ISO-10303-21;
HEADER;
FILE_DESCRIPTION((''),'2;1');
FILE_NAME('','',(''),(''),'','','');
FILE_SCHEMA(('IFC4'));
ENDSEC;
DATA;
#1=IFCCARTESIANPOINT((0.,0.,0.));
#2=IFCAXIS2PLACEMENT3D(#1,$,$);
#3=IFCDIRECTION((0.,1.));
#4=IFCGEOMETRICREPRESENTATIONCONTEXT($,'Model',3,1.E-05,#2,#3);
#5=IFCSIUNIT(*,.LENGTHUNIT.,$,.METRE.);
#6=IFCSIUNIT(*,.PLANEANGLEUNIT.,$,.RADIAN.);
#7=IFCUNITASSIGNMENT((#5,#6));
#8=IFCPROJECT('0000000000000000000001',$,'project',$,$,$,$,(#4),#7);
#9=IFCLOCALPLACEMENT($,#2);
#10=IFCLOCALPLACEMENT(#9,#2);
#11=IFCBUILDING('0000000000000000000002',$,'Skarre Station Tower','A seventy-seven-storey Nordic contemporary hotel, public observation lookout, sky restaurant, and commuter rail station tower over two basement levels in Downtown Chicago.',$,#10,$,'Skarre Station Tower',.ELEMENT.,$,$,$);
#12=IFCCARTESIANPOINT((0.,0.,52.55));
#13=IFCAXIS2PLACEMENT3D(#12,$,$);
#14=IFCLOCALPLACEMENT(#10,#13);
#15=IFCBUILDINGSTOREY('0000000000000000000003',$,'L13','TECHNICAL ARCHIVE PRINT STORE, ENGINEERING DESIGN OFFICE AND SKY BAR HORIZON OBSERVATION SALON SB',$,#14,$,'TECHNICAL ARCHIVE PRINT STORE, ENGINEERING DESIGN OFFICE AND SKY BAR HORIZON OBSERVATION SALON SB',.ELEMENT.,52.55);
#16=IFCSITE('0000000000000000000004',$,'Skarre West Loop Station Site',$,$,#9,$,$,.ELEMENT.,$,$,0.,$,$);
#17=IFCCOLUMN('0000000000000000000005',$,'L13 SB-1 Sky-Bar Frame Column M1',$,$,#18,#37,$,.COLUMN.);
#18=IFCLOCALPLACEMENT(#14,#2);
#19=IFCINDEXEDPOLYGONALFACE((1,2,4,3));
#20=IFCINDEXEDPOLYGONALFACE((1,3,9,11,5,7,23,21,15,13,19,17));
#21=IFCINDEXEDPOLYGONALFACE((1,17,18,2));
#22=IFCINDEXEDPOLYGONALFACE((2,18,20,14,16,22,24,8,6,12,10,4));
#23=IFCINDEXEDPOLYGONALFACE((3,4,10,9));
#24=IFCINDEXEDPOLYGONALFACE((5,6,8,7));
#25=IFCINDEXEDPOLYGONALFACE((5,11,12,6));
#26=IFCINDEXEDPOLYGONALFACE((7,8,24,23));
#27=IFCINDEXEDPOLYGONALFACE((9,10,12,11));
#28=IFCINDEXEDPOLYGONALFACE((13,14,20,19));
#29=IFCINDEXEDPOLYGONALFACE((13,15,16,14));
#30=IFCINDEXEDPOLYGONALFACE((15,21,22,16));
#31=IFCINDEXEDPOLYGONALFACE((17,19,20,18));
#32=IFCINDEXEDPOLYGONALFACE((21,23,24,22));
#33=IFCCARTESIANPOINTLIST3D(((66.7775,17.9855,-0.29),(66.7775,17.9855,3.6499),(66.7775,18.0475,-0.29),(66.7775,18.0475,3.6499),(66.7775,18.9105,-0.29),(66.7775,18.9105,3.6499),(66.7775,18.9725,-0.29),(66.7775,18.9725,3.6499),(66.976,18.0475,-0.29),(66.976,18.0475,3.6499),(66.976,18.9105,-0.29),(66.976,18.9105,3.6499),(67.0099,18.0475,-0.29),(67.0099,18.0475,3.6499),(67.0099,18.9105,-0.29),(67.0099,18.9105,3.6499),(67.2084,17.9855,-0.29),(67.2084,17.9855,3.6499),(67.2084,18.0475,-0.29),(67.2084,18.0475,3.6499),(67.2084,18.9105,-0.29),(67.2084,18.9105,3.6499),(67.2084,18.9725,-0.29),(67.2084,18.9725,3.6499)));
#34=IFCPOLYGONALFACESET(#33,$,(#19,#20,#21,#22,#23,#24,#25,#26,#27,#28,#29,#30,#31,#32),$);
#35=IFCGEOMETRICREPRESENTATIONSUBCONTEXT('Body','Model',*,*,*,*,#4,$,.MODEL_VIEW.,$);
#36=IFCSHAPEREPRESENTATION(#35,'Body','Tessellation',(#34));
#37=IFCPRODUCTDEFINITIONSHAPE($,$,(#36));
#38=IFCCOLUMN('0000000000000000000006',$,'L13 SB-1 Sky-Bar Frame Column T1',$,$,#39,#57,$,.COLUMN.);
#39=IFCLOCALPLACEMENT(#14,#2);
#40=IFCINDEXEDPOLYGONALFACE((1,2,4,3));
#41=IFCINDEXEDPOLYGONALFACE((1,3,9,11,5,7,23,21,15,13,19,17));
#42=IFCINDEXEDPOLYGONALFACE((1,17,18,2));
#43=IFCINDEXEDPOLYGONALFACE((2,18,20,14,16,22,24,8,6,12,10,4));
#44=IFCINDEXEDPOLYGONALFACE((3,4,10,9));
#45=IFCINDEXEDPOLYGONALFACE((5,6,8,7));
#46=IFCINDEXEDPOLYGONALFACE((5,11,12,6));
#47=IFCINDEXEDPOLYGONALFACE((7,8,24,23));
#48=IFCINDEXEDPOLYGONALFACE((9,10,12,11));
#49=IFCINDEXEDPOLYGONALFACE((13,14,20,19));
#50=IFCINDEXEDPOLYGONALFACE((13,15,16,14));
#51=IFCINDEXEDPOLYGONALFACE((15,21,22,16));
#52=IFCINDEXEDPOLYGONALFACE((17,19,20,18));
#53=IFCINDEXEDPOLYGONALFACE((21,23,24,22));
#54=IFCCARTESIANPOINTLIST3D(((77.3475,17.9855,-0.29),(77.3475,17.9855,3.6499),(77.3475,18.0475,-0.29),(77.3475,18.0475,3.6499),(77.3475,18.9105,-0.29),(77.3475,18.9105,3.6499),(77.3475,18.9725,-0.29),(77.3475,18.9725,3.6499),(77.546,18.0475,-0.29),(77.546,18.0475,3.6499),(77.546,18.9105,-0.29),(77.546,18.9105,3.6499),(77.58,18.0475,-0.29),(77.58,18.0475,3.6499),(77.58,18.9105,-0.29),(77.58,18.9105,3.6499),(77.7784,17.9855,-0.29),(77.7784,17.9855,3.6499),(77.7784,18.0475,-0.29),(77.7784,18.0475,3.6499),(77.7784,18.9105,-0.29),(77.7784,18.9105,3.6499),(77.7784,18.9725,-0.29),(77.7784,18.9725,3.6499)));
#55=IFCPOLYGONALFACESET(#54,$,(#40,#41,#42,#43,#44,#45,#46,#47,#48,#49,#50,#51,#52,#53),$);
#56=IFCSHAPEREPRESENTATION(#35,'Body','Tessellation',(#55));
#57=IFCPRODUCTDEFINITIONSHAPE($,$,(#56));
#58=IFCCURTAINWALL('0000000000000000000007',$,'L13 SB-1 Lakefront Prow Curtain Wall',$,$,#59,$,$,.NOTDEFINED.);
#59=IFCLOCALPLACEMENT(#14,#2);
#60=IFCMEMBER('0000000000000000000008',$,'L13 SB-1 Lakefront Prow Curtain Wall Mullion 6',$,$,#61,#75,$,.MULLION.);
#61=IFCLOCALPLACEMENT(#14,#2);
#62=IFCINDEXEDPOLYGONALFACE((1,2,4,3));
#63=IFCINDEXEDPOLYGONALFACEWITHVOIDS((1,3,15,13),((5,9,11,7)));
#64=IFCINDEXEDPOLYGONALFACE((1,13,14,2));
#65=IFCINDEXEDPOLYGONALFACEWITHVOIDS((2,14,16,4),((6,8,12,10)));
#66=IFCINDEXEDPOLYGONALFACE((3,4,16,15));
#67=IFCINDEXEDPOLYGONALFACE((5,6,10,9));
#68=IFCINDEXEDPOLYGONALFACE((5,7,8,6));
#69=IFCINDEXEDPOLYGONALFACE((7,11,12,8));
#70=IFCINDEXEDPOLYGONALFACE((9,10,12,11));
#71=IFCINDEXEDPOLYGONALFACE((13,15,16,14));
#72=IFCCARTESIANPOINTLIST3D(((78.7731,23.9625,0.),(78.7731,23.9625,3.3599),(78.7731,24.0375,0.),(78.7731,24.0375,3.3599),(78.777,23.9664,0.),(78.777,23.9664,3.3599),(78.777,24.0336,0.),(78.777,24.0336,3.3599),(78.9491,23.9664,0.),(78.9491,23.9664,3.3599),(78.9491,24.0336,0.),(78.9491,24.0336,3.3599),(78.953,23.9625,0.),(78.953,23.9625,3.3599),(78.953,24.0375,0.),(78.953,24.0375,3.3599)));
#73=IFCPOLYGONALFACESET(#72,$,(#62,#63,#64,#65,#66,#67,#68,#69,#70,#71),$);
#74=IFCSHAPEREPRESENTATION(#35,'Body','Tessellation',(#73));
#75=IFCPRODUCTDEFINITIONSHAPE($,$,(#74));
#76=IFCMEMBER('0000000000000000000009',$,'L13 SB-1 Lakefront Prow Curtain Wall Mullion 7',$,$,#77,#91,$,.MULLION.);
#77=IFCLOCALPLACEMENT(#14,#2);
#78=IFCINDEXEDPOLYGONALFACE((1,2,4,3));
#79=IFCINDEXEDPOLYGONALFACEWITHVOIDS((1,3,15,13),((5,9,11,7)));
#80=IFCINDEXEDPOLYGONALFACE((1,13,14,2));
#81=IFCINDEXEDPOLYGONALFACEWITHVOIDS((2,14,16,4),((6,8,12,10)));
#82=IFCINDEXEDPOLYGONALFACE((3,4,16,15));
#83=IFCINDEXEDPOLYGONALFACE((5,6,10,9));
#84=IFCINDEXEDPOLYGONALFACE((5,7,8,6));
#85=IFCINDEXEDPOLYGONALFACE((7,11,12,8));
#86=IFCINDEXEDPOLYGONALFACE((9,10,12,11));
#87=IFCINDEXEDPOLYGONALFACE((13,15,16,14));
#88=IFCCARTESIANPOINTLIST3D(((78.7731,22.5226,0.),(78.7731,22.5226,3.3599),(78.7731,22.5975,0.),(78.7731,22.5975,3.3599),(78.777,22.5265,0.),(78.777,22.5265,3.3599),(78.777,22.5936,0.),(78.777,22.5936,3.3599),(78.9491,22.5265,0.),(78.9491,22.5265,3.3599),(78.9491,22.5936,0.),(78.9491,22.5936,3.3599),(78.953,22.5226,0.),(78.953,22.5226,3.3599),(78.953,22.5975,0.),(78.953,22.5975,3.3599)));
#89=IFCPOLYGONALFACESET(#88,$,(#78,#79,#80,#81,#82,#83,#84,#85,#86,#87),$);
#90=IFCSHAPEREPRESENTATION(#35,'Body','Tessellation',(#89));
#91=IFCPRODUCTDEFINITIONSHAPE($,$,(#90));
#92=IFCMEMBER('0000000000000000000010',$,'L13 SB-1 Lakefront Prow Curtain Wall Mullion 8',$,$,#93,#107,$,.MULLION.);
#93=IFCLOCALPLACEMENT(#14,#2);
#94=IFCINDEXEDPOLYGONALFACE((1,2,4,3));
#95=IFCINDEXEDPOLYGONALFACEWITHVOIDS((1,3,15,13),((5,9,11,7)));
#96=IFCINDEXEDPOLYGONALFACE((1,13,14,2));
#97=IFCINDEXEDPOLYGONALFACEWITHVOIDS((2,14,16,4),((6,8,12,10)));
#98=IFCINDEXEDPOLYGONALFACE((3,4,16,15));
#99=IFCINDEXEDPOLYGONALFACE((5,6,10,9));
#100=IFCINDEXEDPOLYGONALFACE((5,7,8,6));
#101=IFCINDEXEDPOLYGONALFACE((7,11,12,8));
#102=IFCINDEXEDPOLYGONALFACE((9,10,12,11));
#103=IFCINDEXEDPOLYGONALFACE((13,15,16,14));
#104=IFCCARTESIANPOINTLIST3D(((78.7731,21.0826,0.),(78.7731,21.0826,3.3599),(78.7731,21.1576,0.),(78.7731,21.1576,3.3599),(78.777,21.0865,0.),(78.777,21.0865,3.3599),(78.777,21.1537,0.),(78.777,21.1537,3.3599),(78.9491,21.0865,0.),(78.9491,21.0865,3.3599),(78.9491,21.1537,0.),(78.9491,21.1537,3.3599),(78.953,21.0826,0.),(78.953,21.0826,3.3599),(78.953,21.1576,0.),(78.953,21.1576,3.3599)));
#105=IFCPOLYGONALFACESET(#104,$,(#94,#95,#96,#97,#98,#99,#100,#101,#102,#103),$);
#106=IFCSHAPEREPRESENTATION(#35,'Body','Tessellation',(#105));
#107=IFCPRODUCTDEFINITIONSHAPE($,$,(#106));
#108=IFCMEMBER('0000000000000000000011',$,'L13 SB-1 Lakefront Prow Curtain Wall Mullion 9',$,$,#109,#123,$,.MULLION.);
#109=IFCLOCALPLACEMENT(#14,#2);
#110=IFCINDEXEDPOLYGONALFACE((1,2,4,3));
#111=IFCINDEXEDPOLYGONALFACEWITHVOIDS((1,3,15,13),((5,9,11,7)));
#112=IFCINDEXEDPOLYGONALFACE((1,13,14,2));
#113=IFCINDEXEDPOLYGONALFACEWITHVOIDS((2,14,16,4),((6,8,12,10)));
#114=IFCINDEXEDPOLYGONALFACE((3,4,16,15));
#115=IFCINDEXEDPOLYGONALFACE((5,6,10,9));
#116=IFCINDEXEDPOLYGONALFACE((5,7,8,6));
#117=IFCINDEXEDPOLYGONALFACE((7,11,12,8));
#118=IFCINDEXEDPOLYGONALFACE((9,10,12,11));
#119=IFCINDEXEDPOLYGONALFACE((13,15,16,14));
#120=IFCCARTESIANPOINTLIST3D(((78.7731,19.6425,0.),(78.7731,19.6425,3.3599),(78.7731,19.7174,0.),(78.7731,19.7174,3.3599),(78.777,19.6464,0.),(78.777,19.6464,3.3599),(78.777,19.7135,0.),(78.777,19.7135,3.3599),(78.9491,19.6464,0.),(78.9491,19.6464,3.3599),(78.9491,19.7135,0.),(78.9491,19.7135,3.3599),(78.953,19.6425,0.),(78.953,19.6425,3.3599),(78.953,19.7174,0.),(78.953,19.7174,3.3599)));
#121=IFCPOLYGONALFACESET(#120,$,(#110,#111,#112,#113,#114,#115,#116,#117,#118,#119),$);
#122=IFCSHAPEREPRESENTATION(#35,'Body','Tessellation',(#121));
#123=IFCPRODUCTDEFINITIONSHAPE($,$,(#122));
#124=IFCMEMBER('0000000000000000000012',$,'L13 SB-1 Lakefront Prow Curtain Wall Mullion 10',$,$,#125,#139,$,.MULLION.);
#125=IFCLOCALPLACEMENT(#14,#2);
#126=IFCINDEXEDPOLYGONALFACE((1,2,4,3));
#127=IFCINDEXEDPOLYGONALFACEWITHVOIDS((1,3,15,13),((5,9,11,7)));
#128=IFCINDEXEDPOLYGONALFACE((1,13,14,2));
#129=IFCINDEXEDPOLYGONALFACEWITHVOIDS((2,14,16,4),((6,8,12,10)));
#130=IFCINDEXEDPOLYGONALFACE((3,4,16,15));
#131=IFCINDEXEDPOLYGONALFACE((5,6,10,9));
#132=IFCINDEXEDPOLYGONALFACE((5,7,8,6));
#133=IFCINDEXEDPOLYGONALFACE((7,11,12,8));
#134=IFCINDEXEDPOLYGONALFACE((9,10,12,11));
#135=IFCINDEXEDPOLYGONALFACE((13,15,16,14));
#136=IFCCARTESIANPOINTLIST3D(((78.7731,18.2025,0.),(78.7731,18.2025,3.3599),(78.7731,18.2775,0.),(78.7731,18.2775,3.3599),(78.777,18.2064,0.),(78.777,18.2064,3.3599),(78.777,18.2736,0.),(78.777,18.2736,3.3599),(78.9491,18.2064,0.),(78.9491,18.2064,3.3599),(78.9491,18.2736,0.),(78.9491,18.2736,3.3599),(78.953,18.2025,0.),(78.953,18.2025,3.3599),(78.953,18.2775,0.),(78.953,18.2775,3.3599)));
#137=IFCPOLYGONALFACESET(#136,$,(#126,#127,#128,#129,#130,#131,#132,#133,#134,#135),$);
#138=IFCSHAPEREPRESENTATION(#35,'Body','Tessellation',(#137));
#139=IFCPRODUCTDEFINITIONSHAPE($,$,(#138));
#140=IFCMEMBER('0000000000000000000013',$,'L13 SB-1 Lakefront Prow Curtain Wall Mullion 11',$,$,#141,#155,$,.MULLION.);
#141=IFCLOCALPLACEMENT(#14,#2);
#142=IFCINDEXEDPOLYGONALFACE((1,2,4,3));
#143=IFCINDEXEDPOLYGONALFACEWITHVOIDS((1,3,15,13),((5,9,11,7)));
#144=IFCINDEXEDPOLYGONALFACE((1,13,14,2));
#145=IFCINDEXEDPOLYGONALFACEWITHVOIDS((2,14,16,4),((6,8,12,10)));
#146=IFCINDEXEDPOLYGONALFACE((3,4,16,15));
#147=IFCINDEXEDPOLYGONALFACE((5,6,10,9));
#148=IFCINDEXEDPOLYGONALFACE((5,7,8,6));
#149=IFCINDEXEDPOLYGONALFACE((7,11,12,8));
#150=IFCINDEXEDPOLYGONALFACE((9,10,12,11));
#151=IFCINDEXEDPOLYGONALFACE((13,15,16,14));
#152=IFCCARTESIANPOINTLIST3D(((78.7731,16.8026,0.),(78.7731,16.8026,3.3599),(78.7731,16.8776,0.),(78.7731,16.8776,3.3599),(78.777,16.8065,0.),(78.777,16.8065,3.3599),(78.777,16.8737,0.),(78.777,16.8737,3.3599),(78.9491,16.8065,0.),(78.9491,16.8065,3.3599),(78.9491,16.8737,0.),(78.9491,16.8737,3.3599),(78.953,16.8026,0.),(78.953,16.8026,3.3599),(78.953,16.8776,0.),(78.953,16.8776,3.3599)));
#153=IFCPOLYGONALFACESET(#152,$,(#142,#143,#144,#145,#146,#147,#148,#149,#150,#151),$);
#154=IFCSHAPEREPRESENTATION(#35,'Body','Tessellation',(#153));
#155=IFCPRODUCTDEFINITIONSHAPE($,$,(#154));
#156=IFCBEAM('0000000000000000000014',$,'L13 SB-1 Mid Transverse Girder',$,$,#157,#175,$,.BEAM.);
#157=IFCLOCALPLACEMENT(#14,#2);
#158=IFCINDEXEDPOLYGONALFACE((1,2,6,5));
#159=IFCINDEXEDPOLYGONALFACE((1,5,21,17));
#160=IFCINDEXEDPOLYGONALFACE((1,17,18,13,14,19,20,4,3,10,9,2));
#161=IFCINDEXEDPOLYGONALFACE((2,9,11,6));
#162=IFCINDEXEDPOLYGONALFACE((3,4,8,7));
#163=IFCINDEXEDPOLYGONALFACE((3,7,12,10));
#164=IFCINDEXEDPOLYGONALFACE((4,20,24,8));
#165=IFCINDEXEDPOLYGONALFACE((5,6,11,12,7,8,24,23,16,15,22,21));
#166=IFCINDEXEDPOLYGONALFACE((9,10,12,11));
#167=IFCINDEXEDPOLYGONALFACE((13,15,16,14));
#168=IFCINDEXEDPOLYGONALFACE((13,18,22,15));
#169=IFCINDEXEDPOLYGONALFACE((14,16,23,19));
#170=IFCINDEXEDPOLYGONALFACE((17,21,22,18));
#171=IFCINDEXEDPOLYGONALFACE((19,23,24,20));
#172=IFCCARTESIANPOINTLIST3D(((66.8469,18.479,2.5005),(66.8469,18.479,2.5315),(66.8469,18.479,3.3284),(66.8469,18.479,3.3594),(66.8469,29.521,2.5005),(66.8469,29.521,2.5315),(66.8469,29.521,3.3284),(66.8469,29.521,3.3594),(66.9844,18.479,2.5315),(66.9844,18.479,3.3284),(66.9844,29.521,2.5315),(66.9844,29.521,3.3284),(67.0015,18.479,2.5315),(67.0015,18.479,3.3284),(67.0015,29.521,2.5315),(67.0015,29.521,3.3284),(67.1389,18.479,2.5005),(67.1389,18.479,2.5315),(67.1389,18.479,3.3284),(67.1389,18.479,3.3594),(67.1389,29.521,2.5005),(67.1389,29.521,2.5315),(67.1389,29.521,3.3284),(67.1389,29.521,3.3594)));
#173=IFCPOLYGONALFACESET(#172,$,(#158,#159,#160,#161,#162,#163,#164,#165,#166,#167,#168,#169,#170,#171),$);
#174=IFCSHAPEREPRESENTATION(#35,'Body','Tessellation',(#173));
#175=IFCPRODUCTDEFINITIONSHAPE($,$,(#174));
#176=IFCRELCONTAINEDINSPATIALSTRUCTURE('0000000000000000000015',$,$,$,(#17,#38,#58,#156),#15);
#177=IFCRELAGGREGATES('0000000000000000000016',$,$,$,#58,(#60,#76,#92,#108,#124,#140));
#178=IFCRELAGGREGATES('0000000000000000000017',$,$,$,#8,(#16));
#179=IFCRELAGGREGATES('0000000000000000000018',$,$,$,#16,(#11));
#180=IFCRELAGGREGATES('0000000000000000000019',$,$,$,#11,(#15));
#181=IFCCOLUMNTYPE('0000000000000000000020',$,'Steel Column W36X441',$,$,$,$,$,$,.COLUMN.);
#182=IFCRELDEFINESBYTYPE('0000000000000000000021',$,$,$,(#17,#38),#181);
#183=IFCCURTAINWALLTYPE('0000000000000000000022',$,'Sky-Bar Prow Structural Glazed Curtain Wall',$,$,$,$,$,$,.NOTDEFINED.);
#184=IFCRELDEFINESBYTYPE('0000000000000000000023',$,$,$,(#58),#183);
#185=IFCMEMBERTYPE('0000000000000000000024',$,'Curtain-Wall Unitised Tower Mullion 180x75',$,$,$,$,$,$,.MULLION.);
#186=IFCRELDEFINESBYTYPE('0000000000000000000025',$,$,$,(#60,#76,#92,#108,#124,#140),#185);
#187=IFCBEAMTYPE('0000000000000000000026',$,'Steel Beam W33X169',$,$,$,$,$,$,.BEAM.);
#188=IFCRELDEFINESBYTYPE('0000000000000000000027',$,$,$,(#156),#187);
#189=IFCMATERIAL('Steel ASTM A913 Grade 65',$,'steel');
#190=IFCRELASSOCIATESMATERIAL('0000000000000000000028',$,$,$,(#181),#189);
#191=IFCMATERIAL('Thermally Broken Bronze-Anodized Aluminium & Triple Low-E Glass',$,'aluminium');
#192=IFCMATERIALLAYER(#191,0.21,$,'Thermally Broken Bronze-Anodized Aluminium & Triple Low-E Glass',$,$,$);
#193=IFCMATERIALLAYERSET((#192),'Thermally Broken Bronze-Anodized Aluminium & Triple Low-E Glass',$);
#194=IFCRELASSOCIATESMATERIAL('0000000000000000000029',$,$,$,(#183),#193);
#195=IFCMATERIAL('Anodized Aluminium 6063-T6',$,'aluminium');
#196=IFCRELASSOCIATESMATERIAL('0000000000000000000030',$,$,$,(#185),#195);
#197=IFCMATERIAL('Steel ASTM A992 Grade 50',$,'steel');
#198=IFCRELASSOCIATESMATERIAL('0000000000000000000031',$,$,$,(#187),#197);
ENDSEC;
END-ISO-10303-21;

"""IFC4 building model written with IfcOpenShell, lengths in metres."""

from ifc_helpers import new_model, si_unit, direction, frame, origin, origin_2d, place, context, subcontext, project, spatial, hollow_rectangle, i_section, extrude, material, layer, layer_set, material_profile, profile_set, type_object, element, aggregate, save


model = new_model("IFC4")

# Units and contexts
model_context = context("Model", 3, precision=1e-05, world=origin(), true_north=direction((0.0, 1.0)))
body_context = subcontext(model_context, "Body", "Model", "MODEL_VIEW")
ifc_project = project(units=[si_unit("LENGTHUNIT", "METRE"), si_unit("PLANEANGLEUNIT", "RADIAN")], contexts=[model_context])

# Site, building, storey
site_placement = place(None, origin())
site = spatial("IfcSite", under=ifc_project, at=site_placement, Name="Skarre West Loop Station Site", CompositionType="ELEMENT", RefElevation=0.0)
building_placement = place(site_placement, origin())
building = spatial("IfcBuilding", under=site, at=building_placement, Name="Skarre Station Tower", Description="A seventy-seven-storey Nordic contemporary hotel, public observation lookout, sky restaurant, and commuter rail station tower over two basement levels in Downtown Chicago.", LongName="Skarre Station Tower", CompositionType="ELEMENT")
storey_placement = place(building_placement, frame((0.0, 0.0, 52.55)))
storey = spatial("IfcBuildingStorey", under=building, at=storey_placement, Name="L13", Description="TECHNICAL ARCHIVE PRINT STORE, ENGINEERING DESIGN OFFICE AND SKY BAR HORIZON OBSERVATION SALON SB", LongName="TECHNICAL ARCHIVE PRINT STORE, ENGINEERING DESIGN OFFICE AND SKY BAR HORIZON OBSERVATION SALON SB", CompositionType="ELEMENT", Elevation=52.55)

# Columns
ifc_material_1 = material(Name="Steel ASTM A913 Grade 65", Category="steel")
ifc_material_profile_1 = material_profile(ifc_material_1, i_section(OverallWidth=0.4309, OverallDepth=0.9871, WebThickness=0.0339, FlangeThickness=0.062, at=origin_2d()), Name="Steel ASTM A913 Grade 65")
ifc_profile_set_1 = profile_set([ifc_material_profile_1], Name="Steel ASTM A913 Grade 65")
column_type = type_object("IfcColumnType", Name="Steel Column W36X441", PredefinedType="COLUMN", material=ifc_profile_set_1)
for number, where, z_axis, x_axis, name in (
    (1, (66.9929, 18.479, -0.29), (0.0, 0.0, 1.0), (1.0, 0.0, 0.0), "L13 SB-1 Sky-Bar Frame Column M1"),
    (2, (77.563, 18.479, -0.29), (0.0, 0.0, 1.0), (1.0, 0.0, 0.0), "L13 SB-1 Sky-Bar Frame Column T1"),
):
    element("IfcColumn", number, at=place(storey_placement, frame(where, z_axis=z_axis, x_axis=x_axis)), inside=storey, type_object=column_type, Name=name, PredefinedType="COLUMN", context=body_context, shape_type="SweptSolid", body=[
        extrude(i_section(OverallWidth=0.4309, OverallDepth=0.9871, WebThickness=0.0339, FlangeThickness=0.062, at=origin_2d()), origin(), (0.0, 0.0, 1.0), 3.9399),
    ])

# Curtain wall, members
ifc_material_2 = material(Name="Thermally Broken Bronze-Anodized Aluminium & Triple Low-E Glass", Category="aluminium")
ifc_layer_1 = layer(ifc_material_2, 0.21, Name="Thermally Broken Bronze-Anodized Aluminium & Triple Low-E Glass")
ifc_layer_set_1 = layer_set([ifc_layer_1], Name="Thermally Broken Bronze-Anodized Aluminium & Triple Low-E Glass")
curtain_wall_type = type_object("IfcCurtainWallType", Name="Sky-Bar Prow Structural Glazed Curtain Wall", PredefinedType="NOTDEFINED", material=ifc_layer_set_1)
curtain_wall_placement = place(storey_placement, origin())
curtain_wall = element("IfcCurtainWall", 3, at=curtain_wall_placement, inside=storey, type_object=curtain_wall_type, Name="L13 SB-1 Lakefront Prow Curtain Wall", PredefinedType="NOTDEFINED")
ifc_material_3 = material(Name="Anodized Aluminium 6063-T6", Category="aluminium")
ifc_material_profile_2 = material_profile(ifc_material_3, hollow_rectangle(XDim=0.075, YDim=0.1799, WallThickness=0.0039, at=origin_2d()), Name="Anodized Aluminium 6063-T6")
ifc_profile_set_2 = profile_set([ifc_material_profile_2], Name="Anodized Aluminium 6063-T6")
member_type = type_object("IfcMemberType", Name="Curtain-Wall Unitised Tower Mullion 180x75", PredefinedType="MULLION", material=ifc_profile_set_2)
member_1_placement = place(storey_placement, frame((78.863, 24.0, 0.0), z_axis=(0.0, 0.0, 1.0), x_axis=(0.0, -1.0, 0.0)))
member_1 = element("IfcMember", 4, at=member_1_placement, type_object=member_type, Name="L13 SB-1 Lakefront Prow Curtain Wall Mullion 6", PredefinedType="MULLION", context=body_context, shape_type="SweptSolid", body=[
    extrude(hollow_rectangle(XDim=0.075, YDim=0.1799, WallThickness=0.0039, at=origin_2d()), origin(), (0.0, 0.0, 1.0), 3.3599),
])
member_2_placement = place(storey_placement, frame((78.863, 22.5601, 0.0), z_axis=(0.0, 0.0, 1.0), x_axis=(0.0, -1.0, 0.0)))
member_2 = element("IfcMember", 5, at=member_2_placement, type_object=member_type, Name="L13 SB-1 Lakefront Prow Curtain Wall Mullion 7", PredefinedType="MULLION", context=body_context, shape_type="SweptSolid", body=[
    extrude(hollow_rectangle(XDim=0.075, YDim=0.1799, WallThickness=0.0039, at=origin_2d()), origin(), (0.0, 0.0, 1.0), 3.3599),
])
member_3_placement = place(storey_placement, frame((78.863, 21.1201, 0.0), z_axis=(0.0, 0.0, 1.0), x_axis=(0.0, -1.0, 0.0)))
member_3 = element("IfcMember", 6, at=member_3_placement, type_object=member_type, Name="L13 SB-1 Lakefront Prow Curtain Wall Mullion 8", PredefinedType="MULLION", context=body_context, shape_type="SweptSolid", body=[
    extrude(hollow_rectangle(XDim=0.075, YDim=0.1799, WallThickness=0.0039, at=origin_2d()), origin(), (0.0, 0.0, 1.0), 3.3599),
])
member_4_placement = place(storey_placement, frame((78.863, 19.6799, 0.0), z_axis=(0.0, 0.0, 1.0), x_axis=(0.0, -1.0, 0.0)))
member_4 = element("IfcMember", 7, at=member_4_placement, type_object=member_type, Name="L13 SB-1 Lakefront Prow Curtain Wall Mullion 9", PredefinedType="MULLION", context=body_context, shape_type="SweptSolid", body=[
    extrude(hollow_rectangle(XDim=0.075, YDim=0.1799, WallThickness=0.0039, at=origin_2d()), origin(), (0.0, 0.0, 1.0), 3.3599),
])
member_5_placement = place(storey_placement, frame((78.863, 18.24, 0.0), z_axis=(0.0, 0.0, 1.0), x_axis=(0.0, -1.0, 0.0)))
member_5 = element("IfcMember", 8, at=member_5_placement, type_object=member_type, Name="L13 SB-1 Lakefront Prow Curtain Wall Mullion 10", PredefinedType="MULLION", context=body_context, shape_type="SweptSolid", body=[
    extrude(hollow_rectangle(XDim=0.075, YDim=0.1799, WallThickness=0.0039, at=origin_2d()), origin(), (0.0, 0.0, 1.0), 3.3599),
])
member_6_placement = place(storey_placement, frame((78.863, 16.8401, 0.0), z_axis=(0.0, 0.0, 1.0), x_axis=(0.0, -1.0, 0.0)))
member_6 = element("IfcMember", 9, at=member_6_placement, type_object=member_type, Name="L13 SB-1 Lakefront Prow Curtain Wall Mullion 11", PredefinedType="MULLION", context=body_context, shape_type="SweptSolid", body=[
    extrude(hollow_rectangle(XDim=0.075, YDim=0.1799, WallThickness=0.0039, at=origin_2d()), origin(), (0.0, 0.0, 1.0), 3.3599),
])

# Beam
ifc_material_4 = material(Name="Steel ASTM A992 Grade 50", Category="steel")
ifc_material_profile_3 = material_profile(ifc_material_4, i_section(OverallWidth=0.292, OverallDepth=0.8589, WebThickness=0.0171, FlangeThickness=0.031, at=origin_2d()), Name="Steel ASTM A992 Grade 50")
ifc_profile_set_3 = profile_set([ifc_material_profile_3], Name="Steel ASTM A992 Grade 50")
beam_type_1 = type_object("IfcBeamType", Name="Steel Beam W33X169", PredefinedType="BEAM", material=ifc_profile_set_3)
beam_1_placement = place(storey_placement, frame((66.9929, 18.479, 2.9299), z_axis=(0.0, 1.0, 0.0), x_axis=(-1.0, 0.0, 0.0)))
element("IfcBeam", 10, at=beam_1_placement, inside=storey, type_object=beam_type_1, Name="L13 SB-1 Mid Transverse Girder", PredefinedType="BEAM", context=body_context, shape_type="SweptSolid", body=[
    extrude(i_section(OverallWidth=0.292, OverallDepth=0.8589, WebThickness=0.0171, FlangeThickness=0.031, at=origin_2d()), origin(), (0.0, 0.0, 1.0), 11.042),
])

aggregate(curtain_wall, [member_1, member_2, member_3, member_4, member_5, member_6])

save(model, "model.ifc")
